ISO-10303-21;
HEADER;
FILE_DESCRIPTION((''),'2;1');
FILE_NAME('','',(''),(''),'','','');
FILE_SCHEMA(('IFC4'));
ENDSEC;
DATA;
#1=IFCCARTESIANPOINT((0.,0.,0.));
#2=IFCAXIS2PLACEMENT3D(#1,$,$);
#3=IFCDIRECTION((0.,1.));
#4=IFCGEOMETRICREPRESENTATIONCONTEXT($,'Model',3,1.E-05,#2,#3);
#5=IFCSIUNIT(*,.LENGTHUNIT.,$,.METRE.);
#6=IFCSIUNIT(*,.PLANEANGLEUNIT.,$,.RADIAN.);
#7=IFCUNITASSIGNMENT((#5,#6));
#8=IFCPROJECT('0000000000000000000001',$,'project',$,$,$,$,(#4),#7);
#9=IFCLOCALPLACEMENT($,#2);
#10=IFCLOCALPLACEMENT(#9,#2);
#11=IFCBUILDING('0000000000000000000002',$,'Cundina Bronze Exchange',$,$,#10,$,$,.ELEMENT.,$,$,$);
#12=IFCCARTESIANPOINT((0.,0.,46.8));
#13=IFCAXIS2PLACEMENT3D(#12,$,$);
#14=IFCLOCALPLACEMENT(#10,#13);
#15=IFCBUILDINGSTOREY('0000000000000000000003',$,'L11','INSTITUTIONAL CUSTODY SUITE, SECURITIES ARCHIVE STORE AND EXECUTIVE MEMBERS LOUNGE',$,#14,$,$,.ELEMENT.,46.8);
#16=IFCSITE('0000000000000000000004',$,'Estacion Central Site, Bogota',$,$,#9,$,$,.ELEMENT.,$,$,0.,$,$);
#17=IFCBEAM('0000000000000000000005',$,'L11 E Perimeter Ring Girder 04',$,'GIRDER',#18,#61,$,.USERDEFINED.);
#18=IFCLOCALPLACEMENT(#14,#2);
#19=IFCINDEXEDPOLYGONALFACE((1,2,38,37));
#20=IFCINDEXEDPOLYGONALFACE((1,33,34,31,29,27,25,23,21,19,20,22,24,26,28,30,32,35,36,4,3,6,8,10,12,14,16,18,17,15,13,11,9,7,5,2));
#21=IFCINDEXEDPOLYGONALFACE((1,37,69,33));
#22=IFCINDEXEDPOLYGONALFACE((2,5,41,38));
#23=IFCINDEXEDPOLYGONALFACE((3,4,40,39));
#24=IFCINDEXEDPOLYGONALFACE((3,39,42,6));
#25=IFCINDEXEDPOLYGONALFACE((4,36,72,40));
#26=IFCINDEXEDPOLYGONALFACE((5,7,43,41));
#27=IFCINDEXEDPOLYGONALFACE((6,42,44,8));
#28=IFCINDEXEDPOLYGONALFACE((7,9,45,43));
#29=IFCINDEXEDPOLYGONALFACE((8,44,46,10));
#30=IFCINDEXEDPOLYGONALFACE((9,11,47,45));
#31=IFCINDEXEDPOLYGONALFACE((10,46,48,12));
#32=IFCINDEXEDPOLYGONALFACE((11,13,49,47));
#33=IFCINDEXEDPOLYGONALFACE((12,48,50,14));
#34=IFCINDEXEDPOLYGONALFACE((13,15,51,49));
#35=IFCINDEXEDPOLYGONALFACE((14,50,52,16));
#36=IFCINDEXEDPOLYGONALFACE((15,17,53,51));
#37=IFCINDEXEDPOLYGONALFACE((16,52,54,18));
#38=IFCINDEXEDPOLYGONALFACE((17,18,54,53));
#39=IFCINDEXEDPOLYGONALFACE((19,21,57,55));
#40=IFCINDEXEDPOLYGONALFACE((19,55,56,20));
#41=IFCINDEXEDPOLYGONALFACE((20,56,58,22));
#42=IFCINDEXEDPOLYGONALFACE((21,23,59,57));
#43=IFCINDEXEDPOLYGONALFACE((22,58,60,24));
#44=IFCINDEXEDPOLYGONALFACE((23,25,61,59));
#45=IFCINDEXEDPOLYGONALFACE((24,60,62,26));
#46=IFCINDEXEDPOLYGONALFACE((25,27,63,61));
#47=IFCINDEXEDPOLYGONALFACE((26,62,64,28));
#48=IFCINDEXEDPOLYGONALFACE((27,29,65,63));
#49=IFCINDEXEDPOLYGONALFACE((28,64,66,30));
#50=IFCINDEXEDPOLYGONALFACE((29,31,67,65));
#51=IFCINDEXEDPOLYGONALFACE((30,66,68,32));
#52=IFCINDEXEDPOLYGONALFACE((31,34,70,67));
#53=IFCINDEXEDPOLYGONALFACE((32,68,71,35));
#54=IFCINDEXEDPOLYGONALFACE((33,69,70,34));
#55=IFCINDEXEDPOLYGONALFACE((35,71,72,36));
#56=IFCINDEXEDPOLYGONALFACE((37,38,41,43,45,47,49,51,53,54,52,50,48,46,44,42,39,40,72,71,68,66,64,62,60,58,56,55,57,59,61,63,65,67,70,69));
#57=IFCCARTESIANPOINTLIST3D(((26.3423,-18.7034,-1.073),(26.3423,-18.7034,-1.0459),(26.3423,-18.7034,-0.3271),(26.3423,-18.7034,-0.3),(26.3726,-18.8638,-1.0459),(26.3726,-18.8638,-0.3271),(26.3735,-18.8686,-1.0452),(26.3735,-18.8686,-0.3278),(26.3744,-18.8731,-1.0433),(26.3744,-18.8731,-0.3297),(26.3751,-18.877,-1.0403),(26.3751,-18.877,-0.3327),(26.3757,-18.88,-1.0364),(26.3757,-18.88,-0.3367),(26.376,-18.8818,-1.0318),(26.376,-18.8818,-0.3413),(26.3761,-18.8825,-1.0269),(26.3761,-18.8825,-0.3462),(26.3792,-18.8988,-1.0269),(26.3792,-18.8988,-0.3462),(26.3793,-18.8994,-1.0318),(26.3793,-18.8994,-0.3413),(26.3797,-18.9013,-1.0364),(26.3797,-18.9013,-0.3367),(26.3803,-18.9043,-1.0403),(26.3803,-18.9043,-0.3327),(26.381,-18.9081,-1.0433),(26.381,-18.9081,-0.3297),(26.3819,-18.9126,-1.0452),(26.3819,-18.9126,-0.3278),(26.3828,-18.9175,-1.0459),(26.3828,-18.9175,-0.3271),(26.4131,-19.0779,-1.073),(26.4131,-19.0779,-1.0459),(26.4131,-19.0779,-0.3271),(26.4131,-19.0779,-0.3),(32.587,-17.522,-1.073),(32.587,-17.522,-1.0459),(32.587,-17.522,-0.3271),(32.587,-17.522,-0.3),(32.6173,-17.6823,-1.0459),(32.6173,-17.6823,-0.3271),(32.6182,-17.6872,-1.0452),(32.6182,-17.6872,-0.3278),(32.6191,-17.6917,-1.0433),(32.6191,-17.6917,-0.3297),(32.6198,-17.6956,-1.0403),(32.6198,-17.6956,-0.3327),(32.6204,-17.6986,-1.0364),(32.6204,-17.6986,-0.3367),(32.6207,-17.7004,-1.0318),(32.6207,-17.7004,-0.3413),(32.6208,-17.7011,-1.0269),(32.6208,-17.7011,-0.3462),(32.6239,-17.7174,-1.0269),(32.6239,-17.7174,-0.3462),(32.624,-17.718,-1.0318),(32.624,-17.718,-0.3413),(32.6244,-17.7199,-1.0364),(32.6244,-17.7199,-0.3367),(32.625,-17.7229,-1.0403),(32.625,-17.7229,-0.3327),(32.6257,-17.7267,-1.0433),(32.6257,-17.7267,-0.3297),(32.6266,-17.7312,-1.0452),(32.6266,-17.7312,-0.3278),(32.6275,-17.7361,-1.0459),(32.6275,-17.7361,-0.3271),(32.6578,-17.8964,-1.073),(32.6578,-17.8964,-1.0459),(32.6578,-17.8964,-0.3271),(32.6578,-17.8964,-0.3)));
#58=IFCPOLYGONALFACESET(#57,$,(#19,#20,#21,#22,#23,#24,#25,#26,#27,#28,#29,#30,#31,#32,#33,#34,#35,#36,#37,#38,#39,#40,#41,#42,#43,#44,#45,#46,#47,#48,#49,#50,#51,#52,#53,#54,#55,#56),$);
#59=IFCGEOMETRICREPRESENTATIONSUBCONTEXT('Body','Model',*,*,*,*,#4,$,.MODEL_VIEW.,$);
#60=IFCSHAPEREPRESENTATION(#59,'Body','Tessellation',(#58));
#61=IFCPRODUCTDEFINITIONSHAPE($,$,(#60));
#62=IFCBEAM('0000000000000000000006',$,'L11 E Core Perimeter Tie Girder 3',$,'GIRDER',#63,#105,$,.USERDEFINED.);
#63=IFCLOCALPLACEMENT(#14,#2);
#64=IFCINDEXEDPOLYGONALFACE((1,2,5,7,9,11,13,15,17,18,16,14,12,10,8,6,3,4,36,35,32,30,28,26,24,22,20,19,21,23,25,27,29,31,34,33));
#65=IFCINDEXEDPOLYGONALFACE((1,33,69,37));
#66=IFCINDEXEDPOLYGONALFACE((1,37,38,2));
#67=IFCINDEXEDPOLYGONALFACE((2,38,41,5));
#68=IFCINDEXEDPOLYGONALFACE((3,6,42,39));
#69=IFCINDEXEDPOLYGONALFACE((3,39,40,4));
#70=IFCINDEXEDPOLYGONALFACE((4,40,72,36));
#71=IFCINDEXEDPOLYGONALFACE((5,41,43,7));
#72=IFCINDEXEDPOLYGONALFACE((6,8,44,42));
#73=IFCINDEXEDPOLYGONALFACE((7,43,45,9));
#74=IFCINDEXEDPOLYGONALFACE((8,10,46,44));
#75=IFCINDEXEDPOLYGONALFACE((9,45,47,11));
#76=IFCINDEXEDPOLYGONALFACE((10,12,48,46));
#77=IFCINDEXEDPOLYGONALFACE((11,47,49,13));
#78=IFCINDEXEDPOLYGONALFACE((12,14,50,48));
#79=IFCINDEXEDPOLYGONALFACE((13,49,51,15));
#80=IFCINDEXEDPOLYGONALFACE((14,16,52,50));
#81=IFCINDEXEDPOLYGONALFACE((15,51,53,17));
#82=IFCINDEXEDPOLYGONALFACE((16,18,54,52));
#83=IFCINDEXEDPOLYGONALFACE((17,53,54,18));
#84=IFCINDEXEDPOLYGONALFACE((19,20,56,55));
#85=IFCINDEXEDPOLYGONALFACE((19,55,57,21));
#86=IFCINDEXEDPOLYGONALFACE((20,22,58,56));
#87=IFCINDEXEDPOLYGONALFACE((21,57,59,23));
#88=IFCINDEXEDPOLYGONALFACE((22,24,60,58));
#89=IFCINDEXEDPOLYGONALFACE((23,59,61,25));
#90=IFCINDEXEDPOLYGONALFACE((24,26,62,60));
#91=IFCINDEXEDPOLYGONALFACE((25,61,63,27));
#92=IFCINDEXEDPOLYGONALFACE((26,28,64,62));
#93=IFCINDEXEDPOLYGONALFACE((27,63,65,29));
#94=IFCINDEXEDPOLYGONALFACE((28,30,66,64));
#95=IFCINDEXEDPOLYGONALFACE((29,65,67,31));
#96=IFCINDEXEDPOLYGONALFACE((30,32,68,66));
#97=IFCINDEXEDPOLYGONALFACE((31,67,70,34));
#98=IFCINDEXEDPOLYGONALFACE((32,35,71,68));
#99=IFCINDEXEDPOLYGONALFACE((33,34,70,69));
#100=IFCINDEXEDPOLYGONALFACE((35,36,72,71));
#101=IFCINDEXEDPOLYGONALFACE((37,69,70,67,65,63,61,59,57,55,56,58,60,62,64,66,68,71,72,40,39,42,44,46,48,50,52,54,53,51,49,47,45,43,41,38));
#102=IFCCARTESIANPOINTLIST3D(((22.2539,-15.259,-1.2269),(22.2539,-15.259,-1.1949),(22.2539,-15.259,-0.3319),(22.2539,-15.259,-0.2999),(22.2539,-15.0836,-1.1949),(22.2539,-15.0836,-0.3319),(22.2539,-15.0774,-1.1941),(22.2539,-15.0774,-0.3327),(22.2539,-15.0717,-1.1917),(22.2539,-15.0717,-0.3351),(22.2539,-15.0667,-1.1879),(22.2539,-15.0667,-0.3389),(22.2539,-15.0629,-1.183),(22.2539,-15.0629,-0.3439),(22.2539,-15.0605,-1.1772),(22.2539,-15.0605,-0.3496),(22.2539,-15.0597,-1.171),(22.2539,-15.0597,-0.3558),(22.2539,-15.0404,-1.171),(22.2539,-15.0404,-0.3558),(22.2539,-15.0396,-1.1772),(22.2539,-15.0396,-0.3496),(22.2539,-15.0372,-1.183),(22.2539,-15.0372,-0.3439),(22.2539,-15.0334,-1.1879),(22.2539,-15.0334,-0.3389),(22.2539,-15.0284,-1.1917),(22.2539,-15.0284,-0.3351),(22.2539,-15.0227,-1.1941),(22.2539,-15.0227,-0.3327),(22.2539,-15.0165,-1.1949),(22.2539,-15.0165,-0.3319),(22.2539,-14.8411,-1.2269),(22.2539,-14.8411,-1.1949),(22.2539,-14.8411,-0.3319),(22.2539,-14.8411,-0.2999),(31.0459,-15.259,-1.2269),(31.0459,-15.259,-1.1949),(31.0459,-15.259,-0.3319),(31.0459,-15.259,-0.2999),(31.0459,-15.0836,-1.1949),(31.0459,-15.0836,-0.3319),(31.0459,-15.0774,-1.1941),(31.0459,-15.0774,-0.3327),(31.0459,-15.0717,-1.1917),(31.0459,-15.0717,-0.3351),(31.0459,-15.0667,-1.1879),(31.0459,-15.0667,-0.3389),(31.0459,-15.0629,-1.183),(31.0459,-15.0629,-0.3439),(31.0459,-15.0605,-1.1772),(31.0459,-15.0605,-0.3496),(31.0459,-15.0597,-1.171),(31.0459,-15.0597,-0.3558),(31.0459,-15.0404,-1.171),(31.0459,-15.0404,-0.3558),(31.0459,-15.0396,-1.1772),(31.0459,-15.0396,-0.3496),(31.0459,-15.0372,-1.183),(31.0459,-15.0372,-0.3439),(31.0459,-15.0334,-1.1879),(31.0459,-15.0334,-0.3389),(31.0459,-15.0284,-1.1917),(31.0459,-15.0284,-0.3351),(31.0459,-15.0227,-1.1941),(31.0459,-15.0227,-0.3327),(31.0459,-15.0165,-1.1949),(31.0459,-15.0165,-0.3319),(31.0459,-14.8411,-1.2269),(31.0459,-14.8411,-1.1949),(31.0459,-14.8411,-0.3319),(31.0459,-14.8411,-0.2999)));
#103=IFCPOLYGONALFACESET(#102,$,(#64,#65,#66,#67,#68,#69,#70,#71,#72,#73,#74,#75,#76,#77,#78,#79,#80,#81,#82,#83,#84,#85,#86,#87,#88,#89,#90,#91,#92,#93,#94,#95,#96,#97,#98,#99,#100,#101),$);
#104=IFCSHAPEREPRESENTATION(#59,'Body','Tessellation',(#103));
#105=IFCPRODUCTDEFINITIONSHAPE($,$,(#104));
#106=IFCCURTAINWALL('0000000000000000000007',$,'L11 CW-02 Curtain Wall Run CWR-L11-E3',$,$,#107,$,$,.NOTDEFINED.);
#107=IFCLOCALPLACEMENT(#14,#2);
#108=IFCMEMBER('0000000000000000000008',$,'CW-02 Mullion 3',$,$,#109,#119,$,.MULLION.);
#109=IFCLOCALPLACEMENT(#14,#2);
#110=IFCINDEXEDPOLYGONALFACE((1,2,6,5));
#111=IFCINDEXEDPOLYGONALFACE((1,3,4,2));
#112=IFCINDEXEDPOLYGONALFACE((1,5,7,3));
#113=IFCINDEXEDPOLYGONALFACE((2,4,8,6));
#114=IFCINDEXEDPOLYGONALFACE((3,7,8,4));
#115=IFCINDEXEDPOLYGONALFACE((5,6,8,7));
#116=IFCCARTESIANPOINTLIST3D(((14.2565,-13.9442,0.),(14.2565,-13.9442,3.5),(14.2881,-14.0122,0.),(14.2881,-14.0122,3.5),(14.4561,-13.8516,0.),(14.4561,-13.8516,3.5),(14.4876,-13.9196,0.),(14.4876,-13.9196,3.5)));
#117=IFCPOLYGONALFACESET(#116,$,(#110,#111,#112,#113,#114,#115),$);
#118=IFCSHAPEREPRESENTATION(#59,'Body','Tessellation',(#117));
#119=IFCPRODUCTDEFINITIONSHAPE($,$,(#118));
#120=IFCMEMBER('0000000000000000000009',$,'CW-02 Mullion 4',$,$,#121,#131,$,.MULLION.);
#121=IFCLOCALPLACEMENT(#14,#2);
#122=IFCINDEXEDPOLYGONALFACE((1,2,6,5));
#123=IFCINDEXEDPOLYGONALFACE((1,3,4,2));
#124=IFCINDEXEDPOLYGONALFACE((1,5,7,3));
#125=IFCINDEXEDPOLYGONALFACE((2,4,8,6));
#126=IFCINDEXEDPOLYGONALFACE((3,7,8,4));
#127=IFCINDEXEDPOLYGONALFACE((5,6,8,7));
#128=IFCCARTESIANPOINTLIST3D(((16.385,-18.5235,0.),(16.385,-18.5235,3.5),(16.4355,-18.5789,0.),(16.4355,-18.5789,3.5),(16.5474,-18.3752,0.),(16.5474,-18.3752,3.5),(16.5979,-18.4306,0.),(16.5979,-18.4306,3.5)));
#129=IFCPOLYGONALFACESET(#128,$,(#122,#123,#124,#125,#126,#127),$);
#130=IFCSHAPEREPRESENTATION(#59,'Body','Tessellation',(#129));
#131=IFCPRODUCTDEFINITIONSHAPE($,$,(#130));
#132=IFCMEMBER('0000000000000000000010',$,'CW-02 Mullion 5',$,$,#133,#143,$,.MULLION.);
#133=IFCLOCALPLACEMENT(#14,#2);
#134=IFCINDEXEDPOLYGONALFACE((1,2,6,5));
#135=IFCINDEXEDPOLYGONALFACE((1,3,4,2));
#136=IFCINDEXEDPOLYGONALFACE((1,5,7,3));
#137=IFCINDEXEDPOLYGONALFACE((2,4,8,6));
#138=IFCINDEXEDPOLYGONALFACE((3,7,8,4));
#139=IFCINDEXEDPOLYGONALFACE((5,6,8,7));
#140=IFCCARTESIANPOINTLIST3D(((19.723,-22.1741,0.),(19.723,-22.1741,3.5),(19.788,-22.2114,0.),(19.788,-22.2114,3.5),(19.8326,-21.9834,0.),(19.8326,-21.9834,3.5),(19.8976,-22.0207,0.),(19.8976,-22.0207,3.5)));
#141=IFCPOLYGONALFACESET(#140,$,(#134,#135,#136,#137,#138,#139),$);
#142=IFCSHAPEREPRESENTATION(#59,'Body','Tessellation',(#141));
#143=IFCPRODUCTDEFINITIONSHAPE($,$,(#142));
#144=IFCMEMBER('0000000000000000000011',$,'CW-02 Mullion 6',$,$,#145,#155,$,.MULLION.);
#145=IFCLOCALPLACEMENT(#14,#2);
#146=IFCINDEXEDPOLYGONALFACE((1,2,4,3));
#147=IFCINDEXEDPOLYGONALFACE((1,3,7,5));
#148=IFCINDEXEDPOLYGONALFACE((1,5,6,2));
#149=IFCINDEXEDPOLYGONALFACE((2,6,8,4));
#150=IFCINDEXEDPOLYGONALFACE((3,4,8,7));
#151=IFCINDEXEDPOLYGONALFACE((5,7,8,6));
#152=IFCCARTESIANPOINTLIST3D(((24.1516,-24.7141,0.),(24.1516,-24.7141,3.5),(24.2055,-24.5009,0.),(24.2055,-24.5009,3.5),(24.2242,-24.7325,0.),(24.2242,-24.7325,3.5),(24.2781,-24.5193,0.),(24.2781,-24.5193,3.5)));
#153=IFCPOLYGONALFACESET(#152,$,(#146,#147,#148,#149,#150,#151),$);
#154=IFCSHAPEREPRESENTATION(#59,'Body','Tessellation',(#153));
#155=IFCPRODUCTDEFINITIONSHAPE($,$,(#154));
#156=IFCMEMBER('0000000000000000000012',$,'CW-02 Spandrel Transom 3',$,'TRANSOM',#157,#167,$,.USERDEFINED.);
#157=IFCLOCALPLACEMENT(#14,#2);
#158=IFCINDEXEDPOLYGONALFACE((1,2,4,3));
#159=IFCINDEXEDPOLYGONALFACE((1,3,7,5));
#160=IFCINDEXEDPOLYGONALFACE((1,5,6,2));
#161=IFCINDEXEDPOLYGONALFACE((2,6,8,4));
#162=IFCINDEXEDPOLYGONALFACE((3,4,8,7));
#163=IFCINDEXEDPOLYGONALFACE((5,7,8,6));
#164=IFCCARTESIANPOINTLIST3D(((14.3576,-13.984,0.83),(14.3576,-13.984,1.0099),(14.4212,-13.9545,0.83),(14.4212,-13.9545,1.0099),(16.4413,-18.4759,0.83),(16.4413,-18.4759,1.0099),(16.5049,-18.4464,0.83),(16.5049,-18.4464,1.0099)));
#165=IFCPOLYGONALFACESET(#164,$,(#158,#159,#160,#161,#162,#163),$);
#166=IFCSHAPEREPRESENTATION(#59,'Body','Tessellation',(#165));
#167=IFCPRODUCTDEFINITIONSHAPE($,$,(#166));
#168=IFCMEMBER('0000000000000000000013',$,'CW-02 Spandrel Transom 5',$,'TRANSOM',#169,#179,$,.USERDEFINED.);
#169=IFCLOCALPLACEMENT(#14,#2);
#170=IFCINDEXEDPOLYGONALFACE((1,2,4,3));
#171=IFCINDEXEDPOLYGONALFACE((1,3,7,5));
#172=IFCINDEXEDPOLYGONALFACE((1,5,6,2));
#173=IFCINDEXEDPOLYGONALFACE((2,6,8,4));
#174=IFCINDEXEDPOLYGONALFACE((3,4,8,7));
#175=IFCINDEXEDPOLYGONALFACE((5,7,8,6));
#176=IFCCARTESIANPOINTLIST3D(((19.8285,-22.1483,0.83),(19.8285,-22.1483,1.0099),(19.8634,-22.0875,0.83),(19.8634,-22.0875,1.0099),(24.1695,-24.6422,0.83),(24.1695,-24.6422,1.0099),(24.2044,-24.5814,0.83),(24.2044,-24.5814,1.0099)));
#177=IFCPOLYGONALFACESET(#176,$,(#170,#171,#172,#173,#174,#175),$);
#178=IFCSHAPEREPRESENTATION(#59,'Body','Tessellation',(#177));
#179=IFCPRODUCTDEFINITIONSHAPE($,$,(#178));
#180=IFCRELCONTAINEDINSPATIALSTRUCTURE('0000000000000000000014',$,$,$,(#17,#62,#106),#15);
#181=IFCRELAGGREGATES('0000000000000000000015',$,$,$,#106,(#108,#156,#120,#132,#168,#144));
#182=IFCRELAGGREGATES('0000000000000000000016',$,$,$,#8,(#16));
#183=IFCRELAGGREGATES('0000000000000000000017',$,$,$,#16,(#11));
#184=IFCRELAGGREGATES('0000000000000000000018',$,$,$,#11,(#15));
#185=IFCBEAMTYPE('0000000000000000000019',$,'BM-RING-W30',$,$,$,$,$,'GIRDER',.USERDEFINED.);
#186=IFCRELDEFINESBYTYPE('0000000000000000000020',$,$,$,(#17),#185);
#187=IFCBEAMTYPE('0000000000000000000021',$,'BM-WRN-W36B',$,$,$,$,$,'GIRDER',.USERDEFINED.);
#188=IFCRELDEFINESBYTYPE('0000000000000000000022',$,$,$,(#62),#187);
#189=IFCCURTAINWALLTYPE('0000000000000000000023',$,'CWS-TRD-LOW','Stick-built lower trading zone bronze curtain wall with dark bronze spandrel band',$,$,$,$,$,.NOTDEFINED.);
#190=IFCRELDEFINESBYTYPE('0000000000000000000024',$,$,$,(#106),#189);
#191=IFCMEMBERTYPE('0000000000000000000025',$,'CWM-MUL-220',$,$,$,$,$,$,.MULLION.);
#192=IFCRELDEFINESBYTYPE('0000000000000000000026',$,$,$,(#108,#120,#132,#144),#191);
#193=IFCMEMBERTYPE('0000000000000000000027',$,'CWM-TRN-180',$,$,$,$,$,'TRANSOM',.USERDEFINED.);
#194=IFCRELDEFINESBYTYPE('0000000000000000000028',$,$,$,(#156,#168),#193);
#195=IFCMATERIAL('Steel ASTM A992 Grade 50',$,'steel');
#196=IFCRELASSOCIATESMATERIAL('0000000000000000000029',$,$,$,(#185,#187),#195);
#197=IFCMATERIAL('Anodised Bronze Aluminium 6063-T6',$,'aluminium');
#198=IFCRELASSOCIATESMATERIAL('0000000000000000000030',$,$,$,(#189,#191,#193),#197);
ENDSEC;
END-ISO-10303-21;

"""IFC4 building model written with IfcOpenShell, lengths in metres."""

from ifc_helpers import new_model, si_unit, direction, frame, origin, origin_2d, place, context, subcontext, project, spatial, rectangle, i_section, extrude, material, material_profile, profile_set, type_object, element, aggregate, save


model = new_model("IFC4")

# Units and contexts
model_context = context("Model", 3, precision=1e-05, world=origin(), true_north=direction((0.0, 1.0)))
body_context = subcontext(model_context, "Body", "Model", "MODEL_VIEW")
ifc_project = project(units=[si_unit("LENGTHUNIT", "METRE"), si_unit("PLANEANGLEUNIT", "RADIAN")], contexts=[model_context])

# Site, building, storey
site_placement = place(None, origin())
site = spatial("IfcSite", under=ifc_project, at=site_placement, Name="Estacion Central Site, Bogota", CompositionType="ELEMENT", RefElevation=0.0)
building_placement = place(site_placement, origin())
building = spatial("IfcBuilding", under=site, at=building_placement, Name="Cundina Bronze Exchange", CompositionType="ELEMENT")
storey_placement = place(building_placement, frame((0.0, 0.0, 46.8)))
storey = spatial("IfcBuildingStorey", under=building, at=storey_placement, Name="L11", Description="INSTITUTIONAL CUSTODY SUITE, SECURITIES ARCHIVE STORE AND EXECUTIVE MEMBERS LOUNGE", CompositionType="ELEMENT", Elevation=46.8)

# Shared definitions
ifc_material_1 = material(Name="Steel ASTM A992 Grade 50", Category="steel")

# Beams
ifc_material_profile_1 = material_profile(ifc_material_1, i_section(OverallWidth=0.3811, OverallDepth=0.7729, WebThickness=0.0166, FlangeThickness=0.0271, FilletRadius=0.019, at=origin_2d()), Name="W30X173", Category="steel")
ifc_profile_set_1 = profile_set([ifc_material_profile_1], Name="Steel ASTM A992 Grade 50")
beam_type_1 = type_object("IfcBeamType", Name="BM-RING-W30", ElementType="GIRDER", PredefinedType="USERDEFINED", material=ifc_profile_set_1)
beam_1_placement = place(storey_placement, frame((26.3777, -18.8906, -0.6865), z_axis=(0.982571, 0.185889, 0.0), x_axis=(-0.185889, 0.982571, 0.0)))
element("IfcBeam", 1, at=beam_1_placement, inside=storey, type_object=beam_type_1, Name="L11 E Perimeter Ring Girder 04", ObjectType="GIRDER", PredefinedType="USERDEFINED", context=body_context, shape_type="SweptSolid", body=[
    extrude(i_section(OverallWidth=0.3811, OverallDepth=0.7729, WebThickness=0.0166, FlangeThickness=0.0271, FilletRadius=0.019, at=origin_2d()), origin(), (0.0, 0.0, 1.0), 6.3555),
])
ifc_material_profile_2 = material_profile(ifc_material_1, i_section(OverallWidth=0.418, OverallDepth=0.927, WebThickness=0.0193, FlangeThickness=0.032, FilletRadius=0.0239, at=origin_2d()), Name="W36X231", Category="steel")
ifc_profile_set_2 = profile_set([ifc_material_profile_2], Name="Steel ASTM A992 Grade 50")
beam_type_2 = type_object("IfcBeamType", Name="BM-WRN-W36B", ElementType="GIRDER", PredefinedType="USERDEFINED", material=ifc_profile_set_2)
beam_2_placement = place(storey_placement, frame((22.2539, -15.05, -0.7634), z_axis=(1.0, 0.0, 0.0), x_axis=(0.0, 1.0, 0.0)))
element("IfcBeam", 2, at=beam_2_placement, inside=storey, type_object=beam_type_2, Name="L11 E Core Perimeter Tie Girder 3", ObjectType="GIRDER", PredefinedType="USERDEFINED", context=body_context, shape_type="SweptSolid", body=[
    extrude(i_section(OverallWidth=0.418, OverallDepth=0.927, WebThickness=0.0193, FlangeThickness=0.032, FilletRadius=0.0239, at=origin_2d()), origin(), (0.0, 0.0, 1.0), 8.792),
])

# Curtain wall, members
ifc_material_2 = material(Name="Anodised Bronze Aluminium 6063-T6", Category="aluminium")
curtain_wall_type = type_object("IfcCurtainWallType", Name="CWS-TRD-LOW", Description="Stick-built lower trading zone bronze curtain wall with dark bronze spandrel band", PredefinedType="NOTDEFINED", material=ifc_material_2)
curtain_wall_placement = place(storey_placement, origin())
curtain_wall = element("IfcCurtainWall", 3, at=curtain_wall_placement, inside=storey, type_object=curtain_wall_type, Name="L11 CW-02 Curtain Wall Run CWR-L11-E3", PredefinedType="NOTDEFINED")
ifc_material_profile_3 = material_profile(ifc_material_2, rectangle(XDim=0.075, YDim=0.22, at=origin_2d()), Name="AL75X220", Category="aluminium")
ifc_profile_set_3 = profile_set([ifc_material_profile_3], Name="Anodised Bronze Aluminium 6063-T6")
member_type_1 = type_object("IfcMemberType", Name="CWM-MUL-220", PredefinedType="MULLION", material=ifc_profile_set_3)
member_1_placement = place(storey_placement, frame((14.3721, -13.9319, 0.0), z_axis=(0.0, 0.0, 1.0), x_axis=(0.420877, -0.907117, 0.0)))
member_1 = element("IfcMember", 4, at=member_1_placement, type_object=member_type_1, Name="CW-02 Mullion 3", PredefinedType="MULLION", context=body_context, shape_type="SweptSolid", body=[
    extrude(rectangle(XDim=0.075, YDim=0.22, at=origin_2d()), origin(), (0.0, 0.0, 1.0), 3.5),
])
member_2_placement = place(storey_placement, frame((16.4915, -18.4771, 0.0), z_axis=(0.0, 0.0, 1.0), x_axis=(0.674302, -0.738455, 0.0)))
member_2 = element("IfcMember", 5, at=member_2_placement, type_object=member_type_1, Name="CW-02 Mullion 4", PredefinedType="MULLION", context=body_context, shape_type="SweptSolid", body=[
    extrude(rectangle(XDim=0.075, YDim=0.22, at=origin_2d()), origin(), (0.0, 0.0, 1.0), 3.5),
])
member_3_placement = place(storey_placement, frame((19.8103, -22.0974, 0.0), z_axis=(0.0, 0.0, 1.0), x_axis=(0.867071, -0.498185, 0.0)))
member_3 = element("IfcMember", 6, at=member_3_placement, type_object=member_type_1, Name="CW-02 Mullion 5", PredefinedType="MULLION", context=body_context, shape_type="SweptSolid", body=[
    extrude(rectangle(XDim=0.075, YDim=0.22, at=origin_2d()), origin(), (0.0, 0.0, 1.0), 3.5),
])
member_4_placement = place(storey_placement, frame((24.2148, -24.6167, 0.0), z_axis=(0.0, 0.0, 1.0), x_axis=(0.969488, -0.245138, 0.0)))
member_4 = element("IfcMember", 7, at=member_4_placement, type_object=member_type_1, Name="CW-02 Mullion 6", PredefinedType="MULLION", context=body_context, shape_type="SweptSolid", body=[
    extrude(rectangle(XDim=0.075, YDim=0.22, at=origin_2d()), origin(), (0.0, 0.0, 1.0), 3.5),
])
ifc_material_profile_4 = material_profile(ifc_material_2, rectangle(XDim=0.0701, YDim=0.1799, at=origin_2d()), Name="AL70X180", Category="aluminium")
ifc_profile_set_4 = profile_set([ifc_material_profile_4], Name="Anodised Bronze Aluminium 6063-T6")
member_type_2 = type_object("IfcMemberType", Name="CWM-TRN-180", ElementType="TRANSOM", PredefinedType="USERDEFINED", material=ifc_profile_set_4)
member_5_placement = place(storey_placement, frame((14.3894, -13.9692, 0.9199), z_axis=(0.420811, -0.907148, 0.0), x_axis=(0.907148, 0.420811, 0.0)))
member_5 = element("IfcMember", 8, at=member_5_placement, type_object=member_type_2, Name="CW-02 Spandrel Transom 3", ObjectType="TRANSOM", PredefinedType="USERDEFINED", context=body_context, shape_type="SweptSolid", body=[
    extrude(rectangle(XDim=0.0701, YDim=0.1799, at=origin_2d()), origin(), (0.0, 0.0, 1.0), 4.9517),
])
member_6_placement = place(storey_placement, frame((19.8459, -22.1179, 0.9199), z_axis=(0.867097, -0.498139, 0.0), x_axis=(0.498139, 0.867097, 0.0)))
member_6 = element("IfcMember", 9, at=member_6_placement, type_object=member_type_2, Name="CW-02 Spandrel Transom 5", ObjectType="TRANSOM", PredefinedType="USERDEFINED", context=body_context, shape_type="SweptSolid", body=[
    extrude(rectangle(XDim=0.0701, YDim=0.1799, at=origin_2d()), origin(), (0.0, 0.0, 1.0), 5.0063),
])
aggregate(curtain_wall, [member_1, member_5, member_2, member_3, member_6, member_4])

save(model, "model.ifc")
